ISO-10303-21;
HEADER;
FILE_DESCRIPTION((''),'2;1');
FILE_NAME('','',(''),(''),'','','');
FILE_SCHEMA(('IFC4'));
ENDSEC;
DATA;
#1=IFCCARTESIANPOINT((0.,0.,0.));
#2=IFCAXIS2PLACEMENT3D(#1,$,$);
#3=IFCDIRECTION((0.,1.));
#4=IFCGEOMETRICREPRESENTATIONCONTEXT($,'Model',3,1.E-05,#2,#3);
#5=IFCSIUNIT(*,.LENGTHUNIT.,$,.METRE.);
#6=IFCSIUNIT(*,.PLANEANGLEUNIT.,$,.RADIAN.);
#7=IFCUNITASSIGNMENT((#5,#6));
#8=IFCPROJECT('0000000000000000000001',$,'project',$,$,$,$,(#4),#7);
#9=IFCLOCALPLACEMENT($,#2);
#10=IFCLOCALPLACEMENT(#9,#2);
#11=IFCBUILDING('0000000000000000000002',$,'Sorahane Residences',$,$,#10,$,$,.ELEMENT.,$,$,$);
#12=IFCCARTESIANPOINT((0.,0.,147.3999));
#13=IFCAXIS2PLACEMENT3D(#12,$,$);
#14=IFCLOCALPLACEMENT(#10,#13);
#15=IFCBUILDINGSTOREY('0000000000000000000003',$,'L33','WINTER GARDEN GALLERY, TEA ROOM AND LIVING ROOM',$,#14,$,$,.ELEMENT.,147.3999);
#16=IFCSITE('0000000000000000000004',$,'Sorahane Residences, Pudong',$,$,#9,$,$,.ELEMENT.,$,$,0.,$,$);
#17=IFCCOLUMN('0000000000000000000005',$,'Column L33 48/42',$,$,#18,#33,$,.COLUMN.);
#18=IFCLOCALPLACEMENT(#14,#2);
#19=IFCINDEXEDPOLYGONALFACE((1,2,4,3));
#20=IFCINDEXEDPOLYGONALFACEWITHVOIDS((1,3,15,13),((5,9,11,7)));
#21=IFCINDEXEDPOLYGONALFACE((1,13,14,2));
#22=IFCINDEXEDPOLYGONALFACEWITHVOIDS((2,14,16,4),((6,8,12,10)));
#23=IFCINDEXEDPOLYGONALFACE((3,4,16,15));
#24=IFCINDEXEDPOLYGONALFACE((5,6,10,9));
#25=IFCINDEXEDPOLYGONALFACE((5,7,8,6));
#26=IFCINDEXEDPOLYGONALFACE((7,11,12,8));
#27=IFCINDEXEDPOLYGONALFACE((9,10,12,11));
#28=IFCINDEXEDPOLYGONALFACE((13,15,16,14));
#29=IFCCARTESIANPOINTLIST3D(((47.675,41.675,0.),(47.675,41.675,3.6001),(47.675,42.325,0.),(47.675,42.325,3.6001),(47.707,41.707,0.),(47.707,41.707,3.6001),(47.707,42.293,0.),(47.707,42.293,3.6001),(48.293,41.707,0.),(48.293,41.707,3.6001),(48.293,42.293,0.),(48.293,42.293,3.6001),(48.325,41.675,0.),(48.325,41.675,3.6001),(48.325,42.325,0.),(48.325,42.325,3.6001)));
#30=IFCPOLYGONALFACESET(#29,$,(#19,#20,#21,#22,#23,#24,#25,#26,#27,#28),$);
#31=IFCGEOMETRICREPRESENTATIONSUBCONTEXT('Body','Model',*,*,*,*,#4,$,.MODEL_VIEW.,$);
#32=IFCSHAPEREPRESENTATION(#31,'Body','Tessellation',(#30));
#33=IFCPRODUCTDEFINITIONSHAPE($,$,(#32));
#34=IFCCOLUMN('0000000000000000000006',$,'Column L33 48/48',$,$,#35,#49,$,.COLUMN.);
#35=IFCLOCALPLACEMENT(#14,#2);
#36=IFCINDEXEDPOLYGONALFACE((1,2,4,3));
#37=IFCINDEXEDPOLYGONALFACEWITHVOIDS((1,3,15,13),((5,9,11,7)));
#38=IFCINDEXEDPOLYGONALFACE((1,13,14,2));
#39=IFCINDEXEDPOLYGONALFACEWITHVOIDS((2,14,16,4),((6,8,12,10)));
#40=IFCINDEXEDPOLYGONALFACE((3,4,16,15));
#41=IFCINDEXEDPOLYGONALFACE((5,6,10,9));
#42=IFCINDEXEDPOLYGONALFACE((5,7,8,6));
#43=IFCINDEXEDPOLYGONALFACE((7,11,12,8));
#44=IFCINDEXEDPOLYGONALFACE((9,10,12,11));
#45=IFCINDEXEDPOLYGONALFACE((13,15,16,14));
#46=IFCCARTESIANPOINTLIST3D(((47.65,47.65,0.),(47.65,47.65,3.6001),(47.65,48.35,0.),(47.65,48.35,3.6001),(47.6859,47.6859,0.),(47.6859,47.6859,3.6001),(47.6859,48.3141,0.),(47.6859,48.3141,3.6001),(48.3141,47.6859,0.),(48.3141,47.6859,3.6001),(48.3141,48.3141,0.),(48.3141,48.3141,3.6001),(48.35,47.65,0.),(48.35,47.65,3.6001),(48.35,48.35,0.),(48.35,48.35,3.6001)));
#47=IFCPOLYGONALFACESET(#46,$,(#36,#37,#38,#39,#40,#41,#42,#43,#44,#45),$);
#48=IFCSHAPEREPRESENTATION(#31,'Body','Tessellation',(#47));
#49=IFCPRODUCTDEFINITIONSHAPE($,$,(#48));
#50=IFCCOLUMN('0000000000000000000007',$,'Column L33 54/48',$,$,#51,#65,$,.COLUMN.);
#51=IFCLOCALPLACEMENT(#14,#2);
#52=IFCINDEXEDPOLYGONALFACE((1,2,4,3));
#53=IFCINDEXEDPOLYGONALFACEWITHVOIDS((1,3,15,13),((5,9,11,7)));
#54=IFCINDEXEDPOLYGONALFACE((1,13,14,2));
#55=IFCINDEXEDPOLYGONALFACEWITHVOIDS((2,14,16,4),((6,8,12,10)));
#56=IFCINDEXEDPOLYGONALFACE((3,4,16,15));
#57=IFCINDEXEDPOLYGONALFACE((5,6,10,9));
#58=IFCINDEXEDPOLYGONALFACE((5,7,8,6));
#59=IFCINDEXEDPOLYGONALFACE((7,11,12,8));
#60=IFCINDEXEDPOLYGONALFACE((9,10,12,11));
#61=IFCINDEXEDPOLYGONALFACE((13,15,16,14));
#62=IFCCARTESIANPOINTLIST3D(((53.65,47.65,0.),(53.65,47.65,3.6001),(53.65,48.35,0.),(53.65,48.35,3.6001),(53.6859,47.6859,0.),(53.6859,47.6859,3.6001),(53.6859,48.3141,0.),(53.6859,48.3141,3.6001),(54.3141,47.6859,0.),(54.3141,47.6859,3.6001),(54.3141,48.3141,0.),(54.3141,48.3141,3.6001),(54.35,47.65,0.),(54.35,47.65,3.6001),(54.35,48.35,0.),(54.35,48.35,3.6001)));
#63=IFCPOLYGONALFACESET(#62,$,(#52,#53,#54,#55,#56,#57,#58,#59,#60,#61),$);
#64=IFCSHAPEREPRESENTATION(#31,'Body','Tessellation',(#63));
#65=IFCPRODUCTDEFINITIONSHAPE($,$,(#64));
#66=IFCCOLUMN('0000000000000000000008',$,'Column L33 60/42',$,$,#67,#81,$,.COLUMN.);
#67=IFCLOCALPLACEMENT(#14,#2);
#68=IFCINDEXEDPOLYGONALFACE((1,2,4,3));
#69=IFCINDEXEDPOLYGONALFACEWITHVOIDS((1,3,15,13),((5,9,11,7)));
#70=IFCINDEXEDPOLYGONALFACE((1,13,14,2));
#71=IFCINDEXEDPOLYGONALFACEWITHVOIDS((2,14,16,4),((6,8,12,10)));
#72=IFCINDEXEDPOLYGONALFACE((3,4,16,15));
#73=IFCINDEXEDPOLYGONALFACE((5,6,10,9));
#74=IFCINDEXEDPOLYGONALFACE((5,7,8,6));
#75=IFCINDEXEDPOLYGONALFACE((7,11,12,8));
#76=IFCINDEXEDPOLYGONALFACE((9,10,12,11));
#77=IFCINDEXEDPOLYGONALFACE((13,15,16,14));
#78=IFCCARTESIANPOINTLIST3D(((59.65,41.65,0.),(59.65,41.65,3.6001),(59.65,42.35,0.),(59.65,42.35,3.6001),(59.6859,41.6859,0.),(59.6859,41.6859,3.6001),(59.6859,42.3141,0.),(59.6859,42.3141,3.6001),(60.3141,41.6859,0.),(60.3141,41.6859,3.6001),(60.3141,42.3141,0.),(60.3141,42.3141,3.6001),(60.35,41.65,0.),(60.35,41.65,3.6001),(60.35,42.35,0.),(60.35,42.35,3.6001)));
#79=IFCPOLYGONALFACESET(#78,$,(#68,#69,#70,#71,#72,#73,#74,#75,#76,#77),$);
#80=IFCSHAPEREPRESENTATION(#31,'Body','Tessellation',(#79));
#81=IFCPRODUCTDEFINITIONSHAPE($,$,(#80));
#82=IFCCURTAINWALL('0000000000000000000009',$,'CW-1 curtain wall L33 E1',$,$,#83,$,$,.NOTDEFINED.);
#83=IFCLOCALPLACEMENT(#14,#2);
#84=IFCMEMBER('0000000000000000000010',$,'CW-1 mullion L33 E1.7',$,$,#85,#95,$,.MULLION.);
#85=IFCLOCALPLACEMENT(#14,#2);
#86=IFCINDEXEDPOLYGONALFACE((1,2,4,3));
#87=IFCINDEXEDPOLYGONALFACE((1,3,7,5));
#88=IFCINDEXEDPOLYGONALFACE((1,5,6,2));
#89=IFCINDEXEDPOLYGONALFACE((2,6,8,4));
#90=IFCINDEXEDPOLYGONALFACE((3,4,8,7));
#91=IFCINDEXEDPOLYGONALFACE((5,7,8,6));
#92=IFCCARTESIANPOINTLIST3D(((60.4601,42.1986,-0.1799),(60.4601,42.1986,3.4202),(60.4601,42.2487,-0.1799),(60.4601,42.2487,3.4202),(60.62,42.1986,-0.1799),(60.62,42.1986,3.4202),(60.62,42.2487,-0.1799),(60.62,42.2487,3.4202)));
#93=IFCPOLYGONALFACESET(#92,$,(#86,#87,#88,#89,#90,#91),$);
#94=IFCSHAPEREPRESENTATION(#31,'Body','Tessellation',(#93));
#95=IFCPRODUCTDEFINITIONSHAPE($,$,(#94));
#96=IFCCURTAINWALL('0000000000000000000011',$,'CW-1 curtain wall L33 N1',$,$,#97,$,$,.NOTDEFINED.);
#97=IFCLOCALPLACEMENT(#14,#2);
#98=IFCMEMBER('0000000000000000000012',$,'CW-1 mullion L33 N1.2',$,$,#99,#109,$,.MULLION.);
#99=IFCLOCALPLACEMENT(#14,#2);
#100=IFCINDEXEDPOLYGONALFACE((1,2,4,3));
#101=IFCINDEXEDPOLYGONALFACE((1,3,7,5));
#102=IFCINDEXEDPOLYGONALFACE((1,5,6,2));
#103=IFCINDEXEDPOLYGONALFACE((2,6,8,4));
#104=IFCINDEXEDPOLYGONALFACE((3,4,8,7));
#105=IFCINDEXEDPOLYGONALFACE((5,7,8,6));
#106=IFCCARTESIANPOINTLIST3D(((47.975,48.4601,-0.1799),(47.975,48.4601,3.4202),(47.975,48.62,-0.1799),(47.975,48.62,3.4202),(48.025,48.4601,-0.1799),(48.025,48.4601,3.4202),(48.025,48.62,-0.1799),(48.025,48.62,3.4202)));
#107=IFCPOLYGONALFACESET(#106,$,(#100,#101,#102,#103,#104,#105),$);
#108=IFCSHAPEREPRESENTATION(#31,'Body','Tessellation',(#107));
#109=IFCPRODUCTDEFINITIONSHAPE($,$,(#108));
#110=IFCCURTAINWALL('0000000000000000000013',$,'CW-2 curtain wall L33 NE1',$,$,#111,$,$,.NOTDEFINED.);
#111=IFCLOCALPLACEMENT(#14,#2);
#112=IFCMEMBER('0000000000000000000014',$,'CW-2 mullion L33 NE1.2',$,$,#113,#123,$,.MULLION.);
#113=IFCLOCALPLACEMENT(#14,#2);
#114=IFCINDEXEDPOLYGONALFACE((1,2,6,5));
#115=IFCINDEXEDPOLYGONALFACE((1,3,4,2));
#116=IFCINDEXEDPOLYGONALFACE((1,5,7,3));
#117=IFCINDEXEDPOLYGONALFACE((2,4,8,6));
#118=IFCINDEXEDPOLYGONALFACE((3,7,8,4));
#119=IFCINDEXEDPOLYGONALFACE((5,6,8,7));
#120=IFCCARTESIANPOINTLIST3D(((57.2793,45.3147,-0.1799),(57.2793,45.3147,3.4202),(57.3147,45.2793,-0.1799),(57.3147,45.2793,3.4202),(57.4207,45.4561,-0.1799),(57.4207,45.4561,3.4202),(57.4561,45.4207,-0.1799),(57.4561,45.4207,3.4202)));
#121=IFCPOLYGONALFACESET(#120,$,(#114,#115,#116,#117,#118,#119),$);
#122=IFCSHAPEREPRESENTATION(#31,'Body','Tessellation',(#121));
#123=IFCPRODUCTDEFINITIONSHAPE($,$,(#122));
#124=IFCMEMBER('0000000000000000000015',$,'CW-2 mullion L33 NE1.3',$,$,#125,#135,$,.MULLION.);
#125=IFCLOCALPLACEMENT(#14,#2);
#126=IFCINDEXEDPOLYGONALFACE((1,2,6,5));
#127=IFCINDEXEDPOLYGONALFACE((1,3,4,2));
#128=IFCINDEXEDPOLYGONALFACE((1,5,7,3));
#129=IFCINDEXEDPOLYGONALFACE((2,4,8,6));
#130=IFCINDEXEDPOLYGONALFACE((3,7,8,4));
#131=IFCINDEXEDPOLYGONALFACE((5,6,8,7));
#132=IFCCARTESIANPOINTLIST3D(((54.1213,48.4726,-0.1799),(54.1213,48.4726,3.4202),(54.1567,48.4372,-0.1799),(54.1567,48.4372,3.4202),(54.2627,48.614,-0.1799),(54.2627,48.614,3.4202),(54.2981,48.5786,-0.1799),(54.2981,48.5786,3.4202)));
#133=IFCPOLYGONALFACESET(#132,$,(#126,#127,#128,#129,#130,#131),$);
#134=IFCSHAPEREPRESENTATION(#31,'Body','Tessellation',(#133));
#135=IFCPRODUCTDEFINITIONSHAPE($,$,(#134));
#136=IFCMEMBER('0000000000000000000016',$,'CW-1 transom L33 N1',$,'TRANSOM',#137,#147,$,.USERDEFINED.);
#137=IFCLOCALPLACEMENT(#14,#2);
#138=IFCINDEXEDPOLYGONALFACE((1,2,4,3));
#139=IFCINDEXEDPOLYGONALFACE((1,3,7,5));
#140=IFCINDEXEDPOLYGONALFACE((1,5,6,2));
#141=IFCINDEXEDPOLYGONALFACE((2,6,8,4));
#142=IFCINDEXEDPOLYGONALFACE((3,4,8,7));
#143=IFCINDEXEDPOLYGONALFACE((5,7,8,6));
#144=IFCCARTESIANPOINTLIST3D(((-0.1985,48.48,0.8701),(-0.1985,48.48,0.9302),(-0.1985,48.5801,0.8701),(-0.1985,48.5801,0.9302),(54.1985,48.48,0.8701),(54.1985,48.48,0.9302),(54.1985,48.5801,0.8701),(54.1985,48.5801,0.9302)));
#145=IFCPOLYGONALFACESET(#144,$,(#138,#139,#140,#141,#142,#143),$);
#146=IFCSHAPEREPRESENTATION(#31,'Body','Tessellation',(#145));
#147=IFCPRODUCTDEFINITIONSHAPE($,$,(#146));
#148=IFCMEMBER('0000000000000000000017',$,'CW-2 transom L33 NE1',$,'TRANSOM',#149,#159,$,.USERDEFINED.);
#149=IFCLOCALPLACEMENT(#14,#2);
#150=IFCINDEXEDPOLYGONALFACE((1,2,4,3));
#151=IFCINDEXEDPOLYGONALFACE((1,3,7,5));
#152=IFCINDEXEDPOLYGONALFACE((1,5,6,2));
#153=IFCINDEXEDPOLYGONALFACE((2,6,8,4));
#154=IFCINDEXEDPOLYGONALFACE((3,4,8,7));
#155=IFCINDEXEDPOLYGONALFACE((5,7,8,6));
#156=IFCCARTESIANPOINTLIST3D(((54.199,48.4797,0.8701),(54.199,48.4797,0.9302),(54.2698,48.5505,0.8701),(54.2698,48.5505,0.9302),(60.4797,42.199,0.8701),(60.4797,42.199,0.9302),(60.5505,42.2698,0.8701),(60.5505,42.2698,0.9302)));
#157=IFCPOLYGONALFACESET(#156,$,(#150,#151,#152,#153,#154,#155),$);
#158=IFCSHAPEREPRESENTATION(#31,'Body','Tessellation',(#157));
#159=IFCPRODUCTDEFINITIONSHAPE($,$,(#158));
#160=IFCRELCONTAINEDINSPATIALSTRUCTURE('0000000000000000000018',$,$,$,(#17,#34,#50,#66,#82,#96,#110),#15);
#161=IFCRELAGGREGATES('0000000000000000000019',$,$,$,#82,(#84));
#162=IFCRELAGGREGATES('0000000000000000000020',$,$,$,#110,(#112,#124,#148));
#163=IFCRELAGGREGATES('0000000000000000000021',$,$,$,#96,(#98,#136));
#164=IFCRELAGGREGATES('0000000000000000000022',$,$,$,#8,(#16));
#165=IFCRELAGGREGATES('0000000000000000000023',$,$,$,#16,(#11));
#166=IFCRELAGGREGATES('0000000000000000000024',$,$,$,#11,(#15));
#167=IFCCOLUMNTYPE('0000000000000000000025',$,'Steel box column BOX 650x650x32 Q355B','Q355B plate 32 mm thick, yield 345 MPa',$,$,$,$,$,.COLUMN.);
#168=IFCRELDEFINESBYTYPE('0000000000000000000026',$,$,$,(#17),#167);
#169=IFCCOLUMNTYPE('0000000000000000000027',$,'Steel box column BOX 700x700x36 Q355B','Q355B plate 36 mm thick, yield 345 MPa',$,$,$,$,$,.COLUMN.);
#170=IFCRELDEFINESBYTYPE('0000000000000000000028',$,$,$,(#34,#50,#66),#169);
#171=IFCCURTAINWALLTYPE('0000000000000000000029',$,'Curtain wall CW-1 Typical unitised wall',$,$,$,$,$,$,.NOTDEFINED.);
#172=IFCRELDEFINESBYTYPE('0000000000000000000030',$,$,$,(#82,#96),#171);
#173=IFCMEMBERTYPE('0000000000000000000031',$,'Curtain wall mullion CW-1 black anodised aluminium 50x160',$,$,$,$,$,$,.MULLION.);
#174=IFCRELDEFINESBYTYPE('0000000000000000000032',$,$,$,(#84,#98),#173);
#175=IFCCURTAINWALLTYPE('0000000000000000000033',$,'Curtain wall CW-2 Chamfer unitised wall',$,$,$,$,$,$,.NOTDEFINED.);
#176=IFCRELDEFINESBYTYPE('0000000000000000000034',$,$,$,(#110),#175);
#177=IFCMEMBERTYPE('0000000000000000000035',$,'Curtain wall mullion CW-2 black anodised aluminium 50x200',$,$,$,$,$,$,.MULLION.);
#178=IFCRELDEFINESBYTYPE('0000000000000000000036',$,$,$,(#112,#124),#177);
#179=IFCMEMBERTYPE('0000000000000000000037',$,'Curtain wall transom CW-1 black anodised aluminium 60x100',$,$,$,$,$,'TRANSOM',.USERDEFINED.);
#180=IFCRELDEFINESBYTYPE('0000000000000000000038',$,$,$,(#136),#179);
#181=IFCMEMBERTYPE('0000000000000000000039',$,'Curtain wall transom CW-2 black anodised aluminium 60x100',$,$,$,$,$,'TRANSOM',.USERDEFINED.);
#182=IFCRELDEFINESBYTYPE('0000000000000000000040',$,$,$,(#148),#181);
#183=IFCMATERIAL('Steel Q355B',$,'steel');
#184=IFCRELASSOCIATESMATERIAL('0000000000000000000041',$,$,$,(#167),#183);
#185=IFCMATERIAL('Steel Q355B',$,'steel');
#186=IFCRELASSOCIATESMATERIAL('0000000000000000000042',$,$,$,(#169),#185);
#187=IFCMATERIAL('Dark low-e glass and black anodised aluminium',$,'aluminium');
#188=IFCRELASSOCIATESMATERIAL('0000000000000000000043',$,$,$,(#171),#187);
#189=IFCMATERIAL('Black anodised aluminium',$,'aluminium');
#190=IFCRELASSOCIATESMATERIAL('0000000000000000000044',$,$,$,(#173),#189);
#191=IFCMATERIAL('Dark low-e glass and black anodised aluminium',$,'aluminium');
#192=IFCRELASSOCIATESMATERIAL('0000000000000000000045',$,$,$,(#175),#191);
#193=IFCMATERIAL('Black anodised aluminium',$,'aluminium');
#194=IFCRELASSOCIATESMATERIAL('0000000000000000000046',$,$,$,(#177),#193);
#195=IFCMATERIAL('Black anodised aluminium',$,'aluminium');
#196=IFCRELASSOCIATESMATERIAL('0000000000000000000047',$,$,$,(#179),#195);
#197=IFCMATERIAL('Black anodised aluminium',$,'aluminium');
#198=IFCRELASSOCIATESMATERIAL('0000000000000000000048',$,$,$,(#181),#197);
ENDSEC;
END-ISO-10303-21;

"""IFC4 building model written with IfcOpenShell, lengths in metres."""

from ifc_helpers import new_model, si_unit, direction, frame, origin, origin_2d, place, context, subcontext, project, spatial, rectangle, hollow_rectangle, extrude, material, material_profile, profile_set, type_object, element, aggregate, save


model = new_model("IFC4")

# Units and contexts
model_context = context("Model", 3, precision=1e-05, world=origin(), true_north=direction((0.0, 1.0)))
body_context = subcontext(model_context, "Body", "Model", "MODEL_VIEW")
ifc_project = project(units=[si_unit("LENGTHUNIT", "METRE"), si_unit("PLANEANGLEUNIT", "RADIAN")], contexts=[model_context])

# Site, building, storey
site_placement = place(None, origin())
site = spatial("IfcSite", under=ifc_project, at=site_placement, Name="Sorahane Residences, Pudong", CompositionType="ELEMENT", RefElevation=0.0)
building_placement = place(site_placement, origin())
building = spatial("IfcBuilding", under=site, at=building_placement, Name="Sorahane Residences", CompositionType="ELEMENT")
storey_placement = place(building_placement, frame((0.0, 0.0, 147.3999)))
storey = spatial("IfcBuildingStorey", under=building, at=storey_placement, Name="L33", Description="WINTER GARDEN GALLERY, TEA ROOM AND LIVING ROOM", CompositionType="ELEMENT", Elevation=147.3999)

# Columns
ifc_material_1 = material(Name="Steel Q355B", Category="steel")
ifc_material_profile_1 = material_profile(ifc_material_1, hollow_rectangle(XDim=0.6499, YDim=0.6499, WallThickness=0.032, at=origin_2d()), Name="BOX 650x650x32")
ifc_profile_set_1 = profile_set([ifc_material_profile_1], Name="Steel Q355B")
column_type_1 = type_object("IfcColumnType", Name="Steel box column BOX 650x650x32 Q355B", Description="Q355B plate 32 mm thick, yield 345 MPa", PredefinedType="COLUMN", material=ifc_profile_set_1)
column_placement = place(storey_placement, frame((48.0, 42.0, 0.0), z_axis=(0.0, 0.0, 1.0), x_axis=(1.0, 0.0, 0.0)))
element("IfcColumn", 1, at=column_placement, inside=storey, type_object=column_type_1, Name="Column L33 48/42", PredefinedType="COLUMN", context=body_context, shape_type="SweptSolid", body=[
    extrude(hollow_rectangle(XDim=0.6499, YDim=0.6499, WallThickness=0.032, at=origin_2d()), origin(), (0.0, 0.0, 1.0), 3.6001),
])
ifc_material_2 = material(Name="Steel Q355B", Category="steel")
ifc_material_profile_2 = material_profile(ifc_material_2, hollow_rectangle(XDim=0.7, YDim=0.7, WallThickness=0.0359, at=origin_2d()), Name="BOX 700x700x36")
ifc_profile_set_2 = profile_set([ifc_material_profile_2], Name="Steel Q355B")
column_type_2 = type_object("IfcColumnType", Name="Steel box column BOX 700x700x36 Q355B", Description="Q355B plate 36 mm thick, yield 345 MPa", PredefinedType="COLUMN", material=ifc_profile_set_2)
for number, where, z_axis, x_axis, name in (
    (2, (48.0, 48.0, 0.0), (0.0, 0.0, 1.0), (1.0, 0.0, 0.0), "Column L33 48/48"),
    (3, (54.0, 48.0, 0.0), (0.0, 0.0, 1.0), (1.0, 0.0, 0.0), "Column L33 54/48"),
    (4, (60.0, 42.0, 0.0), (0.0, 0.0, 1.0), (1.0, 0.0, 0.0), "Column L33 60/42"),
):
    element("IfcColumn", number, at=place(storey_placement, frame(where, z_axis=z_axis, x_axis=x_axis)), inside=storey, type_object=column_type_2, Name=name, PredefinedType="COLUMN", context=body_context, shape_type="SweptSolid", body=[
        extrude(hollow_rectangle(XDim=0.7, YDim=0.7, WallThickness=0.0359, at=origin_2d()), origin(), (0.0, 0.0, 1.0), 3.6001),
    ])

# Curtain walls, members
ifc_material_3 = material(Name="Dark low-e glass and black anodised aluminium", Category="aluminium")
curtain_wall_type_1 = type_object("IfcCurtainWallType", Name="Curtain wall CW-1 Typical unitised wall", PredefinedType="NOTDEFINED", material=ifc_material_3)
curtain_wall_1_placement = place(storey_placement, origin())
curtain_wall_1 = element("IfcCurtainWall", 5, at=curtain_wall_1_placement, inside=storey, type_object=curtain_wall_type_1, Name="CW-1 curtain wall L33 E1", PredefinedType="NOTDEFINED")
ifc_material_4 = material(Name="Black anodised aluminium", Category="aluminium")
ifc_material_profile_3 = material_profile(ifc_material_4, rectangle(XDim=0.1599, YDim=0.05, at=origin_2d()), Name="Curtain wall mullion CW-1 black anodised aluminium 50x160")
ifc_profile_set_3 = profile_set([ifc_material_profile_3], Name="Black anodised aluminium")
member_type_1 = type_object("IfcMemberType", Name="Curtain wall mullion CW-1 black anodised aluminium 50x160", PredefinedType="MULLION", material=ifc_profile_set_3)
member_1_placement = place(storey_placement, frame((60.54, 42.2236, -0.1799), z_axis=(0.0, 0.0, 1.0), x_axis=(1.0, 0.0, 0.0)))
member_1 = element("IfcMember", 6, at=member_1_placement, type_object=member_type_1, Name="CW-1 mullion L33 E1.7", PredefinedType="MULLION", context=body_context, shape_type="SweptSolid", body=[
    extrude(rectangle(XDim=0.1599, YDim=0.05, at=origin_2d()), origin(), (0.0, 0.0, 1.0), 3.6001),
])
aggregate(curtain_wall_1, [member_1])
curtain_wall_2_placement = place(storey_placement, origin())
curtain_wall_2 = element("IfcCurtainWall", 7, at=curtain_wall_2_placement, inside=storey, type_object=curtain_wall_type_1, Name="CW-1 curtain wall L33 N1", PredefinedType="NOTDEFINED")
member_2_placement = place(storey_placement, frame((48.0, 48.54, -0.1799), z_axis=(0.0, 0.0, 1.0), x_axis=(0.0, 1.0, 0.0)))
member_2 = element("IfcMember", 8, at=member_2_placement, type_object=member_type_1, Name="CW-1 mullion L33 N1.2", PredefinedType="MULLION", context=body_context, shape_type="SweptSolid", body=[
    extrude(rectangle(XDim=0.1599, YDim=0.05, at=origin_2d()), origin(), (0.0, 0.0, 1.0), 3.6001),
])

# Curtain wall, members
ifc_material_5 = material(Name="Dark low-e glass and black anodised aluminium", Category="aluminium")
curtain_wall_type_2 = type_object("IfcCurtainWallType", Name="Curtain wall CW-2 Chamfer unitised wall", PredefinedType="NOTDEFINED", material=ifc_material_5)
curtain_wall_3_placement = place(storey_placement, origin())
curtain_wall_3 = element("IfcCurtainWall", 9, at=curtain_wall_3_placement, inside=storey, type_object=curtain_wall_type_2, Name="CW-2 curtain wall L33 NE1", PredefinedType="NOTDEFINED")
ifc_material_6 = material(Name="Black anodised aluminium", Category="aluminium")
ifc_material_profile_4 = material_profile(ifc_material_6, rectangle(XDim=0.2, YDim=0.05, at=origin_2d()), Name="Curtain wall mullion CW-2 black anodised aluminium 50x200")
ifc_profile_set_4 = profile_set([ifc_material_profile_4], Name="Black anodised aluminium")
member_type_2 = type_object("IfcMemberType", Name="Curtain wall mullion CW-2 black anodised aluminium 50x200", PredefinedType="MULLION", material=ifc_profile_set_4)
member_3_placement = place(storey_placement, frame((57.3677, 45.3677, -0.1799), z_axis=(0.0, 0.0, 1.0), x_axis=(0.707107, 0.707107, 0.0)))
member_3 = element("IfcMember", 10, at=member_3_placement, type_object=member_type_2, Name="CW-2 mullion L33 NE1.2", PredefinedType="MULLION", context=body_context, shape_type="SweptSolid", body=[
    extrude(rectangle(XDim=0.2, YDim=0.05, at=origin_2d()), origin(), (0.0, 0.0, 1.0), 3.6001),
])
member_4_placement = place(storey_placement, frame((54.2097, 48.5256, -0.1799), z_axis=(0.0, 0.0, 1.0), x_axis=(0.707107, 0.707107, 0.0)))
member_4 = element("IfcMember", 11, at=member_4_placement, type_object=member_type_2, Name="CW-2 mullion L33 NE1.3", PredefinedType="MULLION", context=body_context, shape_type="SweptSolid", body=[
    extrude(rectangle(XDim=0.2, YDim=0.05, at=origin_2d()), origin(), (0.0, 0.0, 1.0), 3.6001),
])

# Members
ifc_material_7 = material(Name="Black anodised aluminium", Category="aluminium")
ifc_material_profile_5 = material_profile(ifc_material_7, rectangle(XDim=0.1001, YDim=0.0601, at=origin_2d()), Name="Curtain wall transom CW-1 black anodised aluminium 60x100")
ifc_profile_set_5 = profile_set([ifc_material_profile_5], Name="Black anodised aluminium")
member_type_3 = type_object("IfcMemberType", Name="Curtain wall transom CW-1 black anodised aluminium 60x100", ElementType="TRANSOM", PredefinedType="USERDEFINED", material=ifc_profile_set_5)
member_5_placement = place(storey_placement, frame((54.1985, 48.53, 0.9001), z_axis=(-1.0, 0.0, 0.0), x_axis=(0.0, -1.0, 0.0)))
member_5 = element("IfcMember", 12, at=member_5_placement, type_object=member_type_3, Name="CW-1 transom L33 N1", ObjectType="TRANSOM", PredefinedType="USERDEFINED", context=body_context, shape_type="SweptSolid", body=[
    extrude(rectangle(XDim=0.1001, YDim=0.0601, at=origin_2d()), origin(), (0.0, 0.0, 1.0), 54.397),
])
ifc_material_8 = material(Name="Black anodised aluminium", Category="aluminium")
ifc_material_profile_6 = material_profile(ifc_material_8, rectangle(XDim=0.1001, YDim=0.0601, at=origin_2d()), Name="Curtain wall transom CW-2 black anodised aluminium 60x100")
ifc_profile_set_6 = profile_set([ifc_material_profile_6], Name="Black anodised aluminium")
member_type_4 = type_object("IfcMemberType", Name="Curtain wall transom CW-2 black anodised aluminium 60x100", ElementType="TRANSOM", PredefinedType="USERDEFINED", material=ifc_profile_set_6)
member_6_placement = place(storey_placement, frame((60.5151, 42.2344, 0.9001), z_axis=(-0.707107, 0.707107, 0.0), x_axis=(-0.707107, -0.707107, 0.0)))
member_6 = element("IfcMember", 13, at=member_6_placement, type_object=member_type_4, Name="CW-2 transom L33 NE1", ObjectType="TRANSOM", PredefinedType="USERDEFINED", context=body_context, shape_type="SweptSolid", body=[
    extrude(rectangle(XDim=0.1001, YDim=0.0601, at=origin_2d()), origin(), (0.0, 0.0, 1.0), 8.8823),
])

aggregate(curtain_wall_3, [member_3, member_4, member_6])
aggregate(curtain_wall_2, [member_2, member_5])

save(model, "model.ifc")
